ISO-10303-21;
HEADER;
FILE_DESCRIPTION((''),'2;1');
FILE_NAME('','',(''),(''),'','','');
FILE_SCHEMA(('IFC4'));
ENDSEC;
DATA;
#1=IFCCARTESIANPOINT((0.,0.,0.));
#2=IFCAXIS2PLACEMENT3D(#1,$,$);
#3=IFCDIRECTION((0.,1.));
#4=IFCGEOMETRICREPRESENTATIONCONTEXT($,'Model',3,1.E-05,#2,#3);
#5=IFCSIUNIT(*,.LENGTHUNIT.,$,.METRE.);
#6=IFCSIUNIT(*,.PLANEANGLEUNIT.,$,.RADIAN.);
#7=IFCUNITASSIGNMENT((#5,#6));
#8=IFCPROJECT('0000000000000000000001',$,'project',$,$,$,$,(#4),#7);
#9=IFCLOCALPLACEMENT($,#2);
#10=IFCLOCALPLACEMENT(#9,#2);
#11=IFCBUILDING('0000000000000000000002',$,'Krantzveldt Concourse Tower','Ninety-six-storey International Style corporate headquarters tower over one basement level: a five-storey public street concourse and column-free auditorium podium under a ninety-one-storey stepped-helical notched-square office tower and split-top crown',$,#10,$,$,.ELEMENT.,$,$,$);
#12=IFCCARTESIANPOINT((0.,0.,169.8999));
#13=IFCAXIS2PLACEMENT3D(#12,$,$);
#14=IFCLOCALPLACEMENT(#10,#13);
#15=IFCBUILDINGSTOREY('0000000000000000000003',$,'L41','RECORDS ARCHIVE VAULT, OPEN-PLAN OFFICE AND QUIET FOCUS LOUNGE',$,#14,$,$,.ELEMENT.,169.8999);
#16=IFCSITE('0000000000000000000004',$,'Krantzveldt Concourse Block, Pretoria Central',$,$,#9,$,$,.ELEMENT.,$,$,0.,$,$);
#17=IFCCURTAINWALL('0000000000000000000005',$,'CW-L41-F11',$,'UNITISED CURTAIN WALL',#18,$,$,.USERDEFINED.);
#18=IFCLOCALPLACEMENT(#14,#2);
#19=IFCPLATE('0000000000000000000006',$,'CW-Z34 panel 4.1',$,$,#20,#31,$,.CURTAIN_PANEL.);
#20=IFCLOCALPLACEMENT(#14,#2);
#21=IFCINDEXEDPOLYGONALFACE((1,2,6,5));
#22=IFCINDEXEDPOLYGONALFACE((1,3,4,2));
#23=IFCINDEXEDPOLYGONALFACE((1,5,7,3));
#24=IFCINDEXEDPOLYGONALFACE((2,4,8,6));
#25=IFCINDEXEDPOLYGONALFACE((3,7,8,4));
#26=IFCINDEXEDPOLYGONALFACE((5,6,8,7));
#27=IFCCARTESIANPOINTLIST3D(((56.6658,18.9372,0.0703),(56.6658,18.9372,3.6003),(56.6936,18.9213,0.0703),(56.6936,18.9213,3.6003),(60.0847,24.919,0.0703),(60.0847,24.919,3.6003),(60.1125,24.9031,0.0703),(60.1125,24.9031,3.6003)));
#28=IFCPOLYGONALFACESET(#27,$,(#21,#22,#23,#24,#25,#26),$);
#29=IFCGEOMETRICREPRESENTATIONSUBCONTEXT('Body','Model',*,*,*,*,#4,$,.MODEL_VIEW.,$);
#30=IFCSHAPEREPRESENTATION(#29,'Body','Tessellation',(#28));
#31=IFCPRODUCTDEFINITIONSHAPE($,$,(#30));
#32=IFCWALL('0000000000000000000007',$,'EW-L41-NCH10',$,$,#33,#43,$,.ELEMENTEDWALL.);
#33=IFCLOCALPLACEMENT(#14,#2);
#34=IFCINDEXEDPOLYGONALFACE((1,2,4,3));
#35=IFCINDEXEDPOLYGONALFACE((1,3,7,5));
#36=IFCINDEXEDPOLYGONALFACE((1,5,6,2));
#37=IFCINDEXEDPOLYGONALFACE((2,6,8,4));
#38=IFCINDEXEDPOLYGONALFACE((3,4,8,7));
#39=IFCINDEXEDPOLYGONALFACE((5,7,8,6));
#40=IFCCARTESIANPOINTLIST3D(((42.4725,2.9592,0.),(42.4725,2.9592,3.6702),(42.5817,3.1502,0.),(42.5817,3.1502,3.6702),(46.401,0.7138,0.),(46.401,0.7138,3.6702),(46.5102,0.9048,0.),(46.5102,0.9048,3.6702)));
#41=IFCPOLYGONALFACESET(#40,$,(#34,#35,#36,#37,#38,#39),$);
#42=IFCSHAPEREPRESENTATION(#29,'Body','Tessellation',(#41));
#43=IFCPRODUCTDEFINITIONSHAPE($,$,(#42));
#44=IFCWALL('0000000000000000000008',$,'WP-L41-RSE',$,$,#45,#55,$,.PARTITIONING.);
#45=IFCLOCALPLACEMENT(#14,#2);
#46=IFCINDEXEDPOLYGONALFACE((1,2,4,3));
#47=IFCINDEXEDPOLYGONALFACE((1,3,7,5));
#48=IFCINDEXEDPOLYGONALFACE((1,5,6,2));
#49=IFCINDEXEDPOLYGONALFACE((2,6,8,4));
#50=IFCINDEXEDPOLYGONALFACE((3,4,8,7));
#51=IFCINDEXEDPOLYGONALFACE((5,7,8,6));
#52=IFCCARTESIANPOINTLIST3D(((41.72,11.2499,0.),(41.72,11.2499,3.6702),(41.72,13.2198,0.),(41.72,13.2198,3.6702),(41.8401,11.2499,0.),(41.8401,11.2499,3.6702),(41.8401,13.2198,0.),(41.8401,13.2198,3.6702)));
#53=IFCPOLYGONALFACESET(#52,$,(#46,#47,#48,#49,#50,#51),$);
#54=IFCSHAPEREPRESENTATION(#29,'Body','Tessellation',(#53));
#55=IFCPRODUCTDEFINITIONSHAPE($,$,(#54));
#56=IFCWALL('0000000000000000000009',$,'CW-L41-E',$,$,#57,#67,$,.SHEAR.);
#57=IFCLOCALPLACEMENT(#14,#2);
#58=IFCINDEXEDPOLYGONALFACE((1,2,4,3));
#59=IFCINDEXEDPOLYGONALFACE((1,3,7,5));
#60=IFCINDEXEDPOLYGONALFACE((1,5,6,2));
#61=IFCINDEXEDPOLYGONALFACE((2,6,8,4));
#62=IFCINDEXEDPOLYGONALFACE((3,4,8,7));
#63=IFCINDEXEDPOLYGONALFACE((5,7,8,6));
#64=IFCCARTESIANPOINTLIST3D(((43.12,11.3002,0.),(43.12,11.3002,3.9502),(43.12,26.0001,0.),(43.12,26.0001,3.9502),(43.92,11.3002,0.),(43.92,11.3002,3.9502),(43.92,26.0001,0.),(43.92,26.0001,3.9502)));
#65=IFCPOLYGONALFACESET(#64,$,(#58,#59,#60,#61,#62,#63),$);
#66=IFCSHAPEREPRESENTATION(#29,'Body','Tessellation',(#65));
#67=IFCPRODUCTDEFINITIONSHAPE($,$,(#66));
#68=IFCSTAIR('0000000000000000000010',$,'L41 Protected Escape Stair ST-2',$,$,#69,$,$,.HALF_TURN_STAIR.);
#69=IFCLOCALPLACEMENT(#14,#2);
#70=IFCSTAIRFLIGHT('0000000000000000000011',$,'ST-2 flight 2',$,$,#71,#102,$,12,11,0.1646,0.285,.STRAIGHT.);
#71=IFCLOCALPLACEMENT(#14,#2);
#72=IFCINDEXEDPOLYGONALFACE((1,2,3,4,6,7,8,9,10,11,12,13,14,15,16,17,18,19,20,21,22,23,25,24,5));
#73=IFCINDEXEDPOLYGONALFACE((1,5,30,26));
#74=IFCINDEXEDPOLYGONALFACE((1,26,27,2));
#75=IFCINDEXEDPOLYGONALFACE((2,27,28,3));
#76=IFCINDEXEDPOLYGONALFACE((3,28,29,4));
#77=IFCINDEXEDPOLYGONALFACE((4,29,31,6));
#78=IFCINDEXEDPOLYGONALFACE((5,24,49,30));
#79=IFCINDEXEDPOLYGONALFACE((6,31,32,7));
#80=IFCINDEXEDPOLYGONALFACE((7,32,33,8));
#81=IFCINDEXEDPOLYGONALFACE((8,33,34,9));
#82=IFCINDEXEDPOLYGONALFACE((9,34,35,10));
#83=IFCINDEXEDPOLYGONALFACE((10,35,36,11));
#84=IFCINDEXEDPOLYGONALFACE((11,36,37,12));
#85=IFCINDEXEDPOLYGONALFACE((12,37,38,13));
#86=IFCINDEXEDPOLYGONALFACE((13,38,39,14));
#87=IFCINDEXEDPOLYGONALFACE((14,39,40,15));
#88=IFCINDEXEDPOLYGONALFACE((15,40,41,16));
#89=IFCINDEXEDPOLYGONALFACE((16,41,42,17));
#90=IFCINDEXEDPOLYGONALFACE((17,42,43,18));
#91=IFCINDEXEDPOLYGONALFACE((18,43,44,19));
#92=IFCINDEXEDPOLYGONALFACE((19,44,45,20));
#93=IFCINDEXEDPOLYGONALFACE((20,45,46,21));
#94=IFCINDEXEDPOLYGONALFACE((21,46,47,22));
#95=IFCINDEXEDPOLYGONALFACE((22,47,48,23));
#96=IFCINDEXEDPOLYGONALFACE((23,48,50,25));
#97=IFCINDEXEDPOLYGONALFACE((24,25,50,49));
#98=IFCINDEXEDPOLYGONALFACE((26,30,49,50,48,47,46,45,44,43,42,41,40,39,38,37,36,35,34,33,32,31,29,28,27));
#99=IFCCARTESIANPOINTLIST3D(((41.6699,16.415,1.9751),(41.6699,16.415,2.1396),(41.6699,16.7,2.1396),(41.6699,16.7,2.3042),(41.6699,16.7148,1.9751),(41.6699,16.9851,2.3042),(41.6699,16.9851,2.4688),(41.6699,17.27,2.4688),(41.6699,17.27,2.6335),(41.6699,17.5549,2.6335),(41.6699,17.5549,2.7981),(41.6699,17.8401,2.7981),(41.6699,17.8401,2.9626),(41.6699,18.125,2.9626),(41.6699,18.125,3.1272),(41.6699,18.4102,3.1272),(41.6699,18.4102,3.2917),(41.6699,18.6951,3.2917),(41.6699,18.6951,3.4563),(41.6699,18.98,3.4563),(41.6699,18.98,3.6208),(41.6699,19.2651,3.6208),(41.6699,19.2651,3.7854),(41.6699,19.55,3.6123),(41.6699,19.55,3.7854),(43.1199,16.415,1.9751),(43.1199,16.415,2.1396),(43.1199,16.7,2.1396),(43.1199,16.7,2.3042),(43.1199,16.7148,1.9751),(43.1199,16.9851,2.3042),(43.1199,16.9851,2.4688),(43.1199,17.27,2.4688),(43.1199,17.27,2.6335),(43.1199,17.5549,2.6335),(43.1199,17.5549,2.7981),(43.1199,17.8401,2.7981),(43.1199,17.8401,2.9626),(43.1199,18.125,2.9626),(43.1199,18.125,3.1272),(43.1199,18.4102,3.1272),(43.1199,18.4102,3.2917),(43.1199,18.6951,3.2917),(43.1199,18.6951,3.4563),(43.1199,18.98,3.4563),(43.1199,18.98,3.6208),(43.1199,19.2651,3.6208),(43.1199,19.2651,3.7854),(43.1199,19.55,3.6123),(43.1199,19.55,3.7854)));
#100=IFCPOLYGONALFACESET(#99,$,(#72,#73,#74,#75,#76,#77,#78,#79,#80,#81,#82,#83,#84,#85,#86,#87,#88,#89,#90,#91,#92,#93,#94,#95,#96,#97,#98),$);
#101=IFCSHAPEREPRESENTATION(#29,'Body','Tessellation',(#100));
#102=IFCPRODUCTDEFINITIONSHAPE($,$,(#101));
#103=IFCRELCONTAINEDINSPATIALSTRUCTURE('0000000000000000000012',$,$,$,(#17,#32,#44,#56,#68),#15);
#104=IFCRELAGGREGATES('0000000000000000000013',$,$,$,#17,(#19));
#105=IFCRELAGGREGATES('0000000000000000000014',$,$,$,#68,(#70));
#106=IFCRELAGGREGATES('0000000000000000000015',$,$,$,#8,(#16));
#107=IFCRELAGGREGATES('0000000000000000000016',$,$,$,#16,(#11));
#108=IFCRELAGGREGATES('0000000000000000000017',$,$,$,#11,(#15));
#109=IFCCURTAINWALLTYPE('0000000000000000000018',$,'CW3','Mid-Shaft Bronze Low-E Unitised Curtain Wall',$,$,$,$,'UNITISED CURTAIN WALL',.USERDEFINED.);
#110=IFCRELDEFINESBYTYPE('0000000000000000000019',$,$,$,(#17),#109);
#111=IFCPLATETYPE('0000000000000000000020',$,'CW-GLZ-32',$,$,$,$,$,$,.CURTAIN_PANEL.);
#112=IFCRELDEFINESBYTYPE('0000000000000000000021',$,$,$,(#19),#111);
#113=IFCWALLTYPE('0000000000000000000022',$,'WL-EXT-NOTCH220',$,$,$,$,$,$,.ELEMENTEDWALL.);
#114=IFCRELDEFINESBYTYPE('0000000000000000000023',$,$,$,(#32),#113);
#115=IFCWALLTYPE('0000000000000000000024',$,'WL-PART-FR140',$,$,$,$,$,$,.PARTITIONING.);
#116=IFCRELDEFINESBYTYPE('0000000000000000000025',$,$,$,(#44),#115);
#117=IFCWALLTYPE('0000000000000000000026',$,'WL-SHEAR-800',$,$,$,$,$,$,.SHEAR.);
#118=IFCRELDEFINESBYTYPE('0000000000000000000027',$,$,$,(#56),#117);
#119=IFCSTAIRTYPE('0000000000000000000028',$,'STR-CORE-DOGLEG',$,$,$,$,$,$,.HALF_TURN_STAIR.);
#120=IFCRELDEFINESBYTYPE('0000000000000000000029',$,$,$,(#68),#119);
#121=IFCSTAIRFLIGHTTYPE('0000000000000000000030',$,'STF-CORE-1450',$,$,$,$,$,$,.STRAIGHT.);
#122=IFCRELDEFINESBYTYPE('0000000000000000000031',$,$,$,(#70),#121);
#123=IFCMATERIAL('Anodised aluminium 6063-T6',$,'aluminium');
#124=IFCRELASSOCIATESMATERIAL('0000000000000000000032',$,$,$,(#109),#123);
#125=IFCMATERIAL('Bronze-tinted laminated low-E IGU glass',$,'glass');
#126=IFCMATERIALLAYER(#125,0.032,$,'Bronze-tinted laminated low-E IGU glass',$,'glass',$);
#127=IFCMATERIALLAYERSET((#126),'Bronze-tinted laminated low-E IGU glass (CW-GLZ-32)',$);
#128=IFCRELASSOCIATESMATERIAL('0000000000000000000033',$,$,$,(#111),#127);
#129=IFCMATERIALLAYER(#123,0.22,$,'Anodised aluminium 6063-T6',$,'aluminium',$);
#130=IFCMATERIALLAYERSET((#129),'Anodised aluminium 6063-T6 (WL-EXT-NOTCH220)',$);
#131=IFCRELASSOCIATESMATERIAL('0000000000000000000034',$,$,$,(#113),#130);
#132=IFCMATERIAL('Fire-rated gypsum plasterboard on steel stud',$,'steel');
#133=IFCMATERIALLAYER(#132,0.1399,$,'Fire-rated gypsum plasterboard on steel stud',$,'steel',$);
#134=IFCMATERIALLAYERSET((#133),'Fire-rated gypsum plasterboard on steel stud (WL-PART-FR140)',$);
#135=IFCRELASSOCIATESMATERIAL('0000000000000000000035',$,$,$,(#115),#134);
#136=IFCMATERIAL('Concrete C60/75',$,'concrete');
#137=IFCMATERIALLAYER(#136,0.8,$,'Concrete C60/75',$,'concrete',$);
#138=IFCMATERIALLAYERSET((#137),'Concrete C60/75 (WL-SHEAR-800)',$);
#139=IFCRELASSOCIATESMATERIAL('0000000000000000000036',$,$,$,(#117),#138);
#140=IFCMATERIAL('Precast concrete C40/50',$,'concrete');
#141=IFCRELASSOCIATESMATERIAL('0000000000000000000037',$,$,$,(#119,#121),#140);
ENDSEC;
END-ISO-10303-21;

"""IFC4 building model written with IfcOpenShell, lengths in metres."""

from ifc_helpers import new_model, si_unit, direction, frame, frame_2d, origin, origin_2d, place, context, subcontext, project, spatial, polyline, rectangle, outline, extrude, source, transform, mapped, material, layer, layer_set, type_object, element, aggregate, save


model = new_model("IFC4")

# Units and contexts
model_context = context("Model", 3, precision=1e-05, world=origin(), true_north=direction((0.0, 1.0)))
body_context = subcontext(model_context, "Body", "Model", "MODEL_VIEW")
ifc_project = project(units=[si_unit("LENGTHUNIT", "METRE"), si_unit("PLANEANGLEUNIT", "RADIAN")], contexts=[model_context])

# Site, building, storey
site_placement = place(None, origin())
site = spatial("IfcSite", under=ifc_project, at=site_placement, Name="Krantzveldt Concourse Block, Pretoria Central", CompositionType="ELEMENT", RefElevation=0.0)
building_placement = place(site_placement, origin())
building = spatial("IfcBuilding", under=site, at=building_placement, Name="Krantzveldt Concourse Tower", Description="Ninety-six-storey International Style corporate headquarters tower over one basement level: a five-storey public street concourse and column-free auditorium podium under a ninety-one-storey stepped-helical notched-square office tower and split-top crown", CompositionType="ELEMENT")
storey_placement = place(building_placement, frame((0.0, 0.0, 169.8999)))
storey = spatial("IfcBuildingStorey", under=building, at=storey_placement, Name="L41", Description="RECORDS ARCHIVE VAULT, OPEN-PLAN OFFICE AND QUIET FOCUS LOUNGE", CompositionType="ELEMENT", Elevation=169.8999)

# Curtain wall, plate
ifc_material_1 = material(Name="Anodised aluminium 6063-T6", Category="aluminium")
curtain_wall_type = type_object("IfcCurtainWallType", Name="CW3", Description="Mid-Shaft Bronze Low-E Unitised Curtain Wall", ElementType="UNITISED CURTAIN WALL", PredefinedType="USERDEFINED", material=ifc_material_1)
curtain_wall_placement = place(storey_placement, origin())
curtain_wall = element("IfcCurtainWall", 1, at=curtain_wall_placement, inside=storey, type_object=curtain_wall_type, Name="CW-L41-F11", ObjectType="UNITISED CURTAIN WALL", PredefinedType="USERDEFINED")
ifc_material_2 = material(Name="Bronze-tinted laminated low-E IGU glass", Category="glass")
ifc_layer_1 = layer(ifc_material_2, 0.032, Name="Bronze-tinted laminated low-E IGU glass", Category="glass")
ifc_layer_set_1 = layer_set([ifc_layer_1], Name="Bronze-tinted laminated low-E IGU glass (CW-GLZ-32)")
plate_type = type_object("IfcPlateType", Name="CW-GLZ-32", PredefinedType="CURTAIN_PANEL", material=ifc_layer_set_1)
shared_shape_1 = source(origin(), body_context, "Body", "SweptSolid", [
    extrude(rectangle(XDim=6.8899, YDim=0.032, at=origin_2d()), origin(), (0.0, 0.0, 1.0), 3.53),
])
plate_1_placement = place(storey_placement, frame((58.3892, 21.9202, 0.0703), z_axis=(0.0, 0.0, 1.0), x_axis=(0.496216, 0.868199, 0.0)))
plate_1 = element("IfcPlate", 2, at=plate_1_placement, type_object=plate_type, Name="CW-Z34 panel 4.1", PredefinedType="CURTAIN_PANEL", context=body_context, shape_type="MappedRepresentation", body=[
    mapped(shared_shape_1, transform((0.0, 0.0, 0.0), x_axis=(1.0, 0.0, 0.0), y_axis=(0.0, 1.0, 0.0), z_axis=(0.0, 0.0, 1.0), scale=1.0)),
])
aggregate(curtain_wall, [plate_1])

# Walls
ifc_layer_2 = layer(ifc_material_1, 0.22, Name="Anodised aluminium 6063-T6", Category="aluminium")
ifc_layer_set_2 = layer_set([ifc_layer_2], Name="Anodised aluminium 6063-T6 (WL-EXT-NOTCH220)")
wall_type_1 = type_object("IfcWallType", Name="WL-EXT-NOTCH220", PredefinedType="ELEMENTEDWALL", material=ifc_layer_set_2)
wall_1_placement = place(storey_placement, frame((42.5271, 3.0547, 0.0), z_axis=(0.0, 0.0, 1.0), x_axis=(0.868193, -0.496226, 0.0)))
element("IfcWall", 3, at=wall_1_placement, inside=storey, type_object=wall_type_1, Name="EW-L41-NCH10", PredefinedType="ELEMENTEDWALL", context=body_context, shape_type="SweptSolid", body=[
    extrude(rectangle(XDim=4.5249, YDim=0.22, at=frame_2d((2.2625, 0.0))), origin(), (0.0, 0.0, 1.0), 3.6702),
])
ifc_material_3 = material(Name="Fire-rated gypsum plasterboard on steel stud", Category="steel")
ifc_layer_3 = layer(ifc_material_3, 0.1399, Name="Fire-rated gypsum plasterboard on steel stud", Category="steel")
ifc_layer_set_3 = layer_set([ifc_layer_3], Name="Fire-rated gypsum plasterboard on steel stud (WL-PART-FR140)")
wall_type_2 = type_object("IfcWallType", Name="WL-PART-FR140", PredefinedType="PARTITIONING", material=ifc_layer_set_3)
wall_2_placement = place(storey_placement, frame((41.78, 11.25, 0.0), z_axis=(0.0, 0.0, 1.0), x_axis=(0.0, 1.0, 0.0)))
element("IfcWall", 4, at=wall_2_placement, inside=storey, type_object=wall_type_2, Name="WP-L41-RSE", PredefinedType="PARTITIONING", context=body_context, shape_type="SweptSolid", body=[
    extrude(rectangle(XDim=1.97, YDim=0.1201, at=frame_2d((0.9849, 0.0))), origin(), (0.0, 0.0, 1.0), 3.6702),
])
ifc_material_4 = material(Name="Concrete C60/75", Category="concrete")
ifc_layer_4 = layer(ifc_material_4, 0.8, Name="Concrete C60/75", Category="concrete")
ifc_layer_set_4 = layer_set([ifc_layer_4], Name="Concrete C60/75 (WL-SHEAR-800)")
wall_type_3 = type_object("IfcWallType", Name="WL-SHEAR-800", PredefinedType="SHEAR", material=ifc_layer_set_4)
wall_3_placement = place(storey_placement, frame((43.52, 11.3, 0.0), z_axis=(0.0, 0.0, 1.0), x_axis=(0.0, 1.0, 0.0)))
element("IfcWall", 5, at=wall_3_placement, inside=storey, type_object=wall_type_3, Name="CW-L41-E", PredefinedType="SHEAR", context=body_context, shape_type="SweptSolid", body=[
    extrude(rectangle(XDim=14.7, YDim=0.8, at=frame_2d((7.3501, 0.0))), origin(), (0.0, 0.0, 1.0), 3.9502),
])

# Stair, stair flight
ifc_material_5 = material(Name="Precast concrete C40/50", Category="concrete")
stair_type = type_object("IfcStairType", Name="STR-CORE-DOGLEG", PredefinedType="HALF_TURN_STAIR", material=ifc_material_5)
stair_placement = place(storey_placement, origin())
stair = element("IfcStair", 6, at=stair_placement, inside=storey, type_object=stair_type, Name="L41 Protected Escape Stair ST-2", PredefinedType="HALF_TURN_STAIR")
stair_flight_type = type_object("IfcStairFlightType", Name="STF-CORE-1450", PredefinedType="STRAIGHT", material=ifc_material_5)
stair_flight_placement = place(storey_placement, frame((42.395, 16.415, 1.9751), z_axis=(0.0, 0.0, 1.0), x_axis=(0.0, 1.0, 0.0)))
stair_flight = element("IfcStairFlight", 7, at=stair_flight_placement, type_object=stair_flight_type, Name="ST-2 flight 2", NumberOfRisers=12, NumberOfTreads=11, PredefinedType="STRAIGHT", RiserHeight=0.1646, TreadLength=0.285, context=body_context, shape_type="SweptSolid", body=[
    extrude(outline(polyline([(0.0, 0.0), (0.0, 0.1646), (0.2849, 0.1646), (0.2849, 0.3291), (0.5701, 0.3291), (0.5701, 0.4937), (0.855, 0.4937), (0.855, 0.6584), (1.1399, 0.6584), (1.1399, 0.823), (1.425, 0.823), (1.425, 0.9875), (1.71, 0.9875), (1.71, 1.1521), (1.9951, 1.1521), (1.9951, 1.3167), (2.28, 1.3167), (2.28, 1.4812), (2.5649, 1.4812), (2.5649, 1.6458), (2.8501, 1.6458), (2.8501, 1.8103), (3.135, 1.8103), (3.135, 1.9751), (3.135, 1.6372), (0.2998, 0.0), (0.0, 0.0)])), frame((0.0, 0.7251, 0.0), z_axis=(0.0, -1.0, 0.0), x_axis=(1.0, 0.0, 0.0)), (0.0, 0.0, 1.0), 1.45),
])
aggregate(stair, [stair_flight])

save(model, "model.ifc")
